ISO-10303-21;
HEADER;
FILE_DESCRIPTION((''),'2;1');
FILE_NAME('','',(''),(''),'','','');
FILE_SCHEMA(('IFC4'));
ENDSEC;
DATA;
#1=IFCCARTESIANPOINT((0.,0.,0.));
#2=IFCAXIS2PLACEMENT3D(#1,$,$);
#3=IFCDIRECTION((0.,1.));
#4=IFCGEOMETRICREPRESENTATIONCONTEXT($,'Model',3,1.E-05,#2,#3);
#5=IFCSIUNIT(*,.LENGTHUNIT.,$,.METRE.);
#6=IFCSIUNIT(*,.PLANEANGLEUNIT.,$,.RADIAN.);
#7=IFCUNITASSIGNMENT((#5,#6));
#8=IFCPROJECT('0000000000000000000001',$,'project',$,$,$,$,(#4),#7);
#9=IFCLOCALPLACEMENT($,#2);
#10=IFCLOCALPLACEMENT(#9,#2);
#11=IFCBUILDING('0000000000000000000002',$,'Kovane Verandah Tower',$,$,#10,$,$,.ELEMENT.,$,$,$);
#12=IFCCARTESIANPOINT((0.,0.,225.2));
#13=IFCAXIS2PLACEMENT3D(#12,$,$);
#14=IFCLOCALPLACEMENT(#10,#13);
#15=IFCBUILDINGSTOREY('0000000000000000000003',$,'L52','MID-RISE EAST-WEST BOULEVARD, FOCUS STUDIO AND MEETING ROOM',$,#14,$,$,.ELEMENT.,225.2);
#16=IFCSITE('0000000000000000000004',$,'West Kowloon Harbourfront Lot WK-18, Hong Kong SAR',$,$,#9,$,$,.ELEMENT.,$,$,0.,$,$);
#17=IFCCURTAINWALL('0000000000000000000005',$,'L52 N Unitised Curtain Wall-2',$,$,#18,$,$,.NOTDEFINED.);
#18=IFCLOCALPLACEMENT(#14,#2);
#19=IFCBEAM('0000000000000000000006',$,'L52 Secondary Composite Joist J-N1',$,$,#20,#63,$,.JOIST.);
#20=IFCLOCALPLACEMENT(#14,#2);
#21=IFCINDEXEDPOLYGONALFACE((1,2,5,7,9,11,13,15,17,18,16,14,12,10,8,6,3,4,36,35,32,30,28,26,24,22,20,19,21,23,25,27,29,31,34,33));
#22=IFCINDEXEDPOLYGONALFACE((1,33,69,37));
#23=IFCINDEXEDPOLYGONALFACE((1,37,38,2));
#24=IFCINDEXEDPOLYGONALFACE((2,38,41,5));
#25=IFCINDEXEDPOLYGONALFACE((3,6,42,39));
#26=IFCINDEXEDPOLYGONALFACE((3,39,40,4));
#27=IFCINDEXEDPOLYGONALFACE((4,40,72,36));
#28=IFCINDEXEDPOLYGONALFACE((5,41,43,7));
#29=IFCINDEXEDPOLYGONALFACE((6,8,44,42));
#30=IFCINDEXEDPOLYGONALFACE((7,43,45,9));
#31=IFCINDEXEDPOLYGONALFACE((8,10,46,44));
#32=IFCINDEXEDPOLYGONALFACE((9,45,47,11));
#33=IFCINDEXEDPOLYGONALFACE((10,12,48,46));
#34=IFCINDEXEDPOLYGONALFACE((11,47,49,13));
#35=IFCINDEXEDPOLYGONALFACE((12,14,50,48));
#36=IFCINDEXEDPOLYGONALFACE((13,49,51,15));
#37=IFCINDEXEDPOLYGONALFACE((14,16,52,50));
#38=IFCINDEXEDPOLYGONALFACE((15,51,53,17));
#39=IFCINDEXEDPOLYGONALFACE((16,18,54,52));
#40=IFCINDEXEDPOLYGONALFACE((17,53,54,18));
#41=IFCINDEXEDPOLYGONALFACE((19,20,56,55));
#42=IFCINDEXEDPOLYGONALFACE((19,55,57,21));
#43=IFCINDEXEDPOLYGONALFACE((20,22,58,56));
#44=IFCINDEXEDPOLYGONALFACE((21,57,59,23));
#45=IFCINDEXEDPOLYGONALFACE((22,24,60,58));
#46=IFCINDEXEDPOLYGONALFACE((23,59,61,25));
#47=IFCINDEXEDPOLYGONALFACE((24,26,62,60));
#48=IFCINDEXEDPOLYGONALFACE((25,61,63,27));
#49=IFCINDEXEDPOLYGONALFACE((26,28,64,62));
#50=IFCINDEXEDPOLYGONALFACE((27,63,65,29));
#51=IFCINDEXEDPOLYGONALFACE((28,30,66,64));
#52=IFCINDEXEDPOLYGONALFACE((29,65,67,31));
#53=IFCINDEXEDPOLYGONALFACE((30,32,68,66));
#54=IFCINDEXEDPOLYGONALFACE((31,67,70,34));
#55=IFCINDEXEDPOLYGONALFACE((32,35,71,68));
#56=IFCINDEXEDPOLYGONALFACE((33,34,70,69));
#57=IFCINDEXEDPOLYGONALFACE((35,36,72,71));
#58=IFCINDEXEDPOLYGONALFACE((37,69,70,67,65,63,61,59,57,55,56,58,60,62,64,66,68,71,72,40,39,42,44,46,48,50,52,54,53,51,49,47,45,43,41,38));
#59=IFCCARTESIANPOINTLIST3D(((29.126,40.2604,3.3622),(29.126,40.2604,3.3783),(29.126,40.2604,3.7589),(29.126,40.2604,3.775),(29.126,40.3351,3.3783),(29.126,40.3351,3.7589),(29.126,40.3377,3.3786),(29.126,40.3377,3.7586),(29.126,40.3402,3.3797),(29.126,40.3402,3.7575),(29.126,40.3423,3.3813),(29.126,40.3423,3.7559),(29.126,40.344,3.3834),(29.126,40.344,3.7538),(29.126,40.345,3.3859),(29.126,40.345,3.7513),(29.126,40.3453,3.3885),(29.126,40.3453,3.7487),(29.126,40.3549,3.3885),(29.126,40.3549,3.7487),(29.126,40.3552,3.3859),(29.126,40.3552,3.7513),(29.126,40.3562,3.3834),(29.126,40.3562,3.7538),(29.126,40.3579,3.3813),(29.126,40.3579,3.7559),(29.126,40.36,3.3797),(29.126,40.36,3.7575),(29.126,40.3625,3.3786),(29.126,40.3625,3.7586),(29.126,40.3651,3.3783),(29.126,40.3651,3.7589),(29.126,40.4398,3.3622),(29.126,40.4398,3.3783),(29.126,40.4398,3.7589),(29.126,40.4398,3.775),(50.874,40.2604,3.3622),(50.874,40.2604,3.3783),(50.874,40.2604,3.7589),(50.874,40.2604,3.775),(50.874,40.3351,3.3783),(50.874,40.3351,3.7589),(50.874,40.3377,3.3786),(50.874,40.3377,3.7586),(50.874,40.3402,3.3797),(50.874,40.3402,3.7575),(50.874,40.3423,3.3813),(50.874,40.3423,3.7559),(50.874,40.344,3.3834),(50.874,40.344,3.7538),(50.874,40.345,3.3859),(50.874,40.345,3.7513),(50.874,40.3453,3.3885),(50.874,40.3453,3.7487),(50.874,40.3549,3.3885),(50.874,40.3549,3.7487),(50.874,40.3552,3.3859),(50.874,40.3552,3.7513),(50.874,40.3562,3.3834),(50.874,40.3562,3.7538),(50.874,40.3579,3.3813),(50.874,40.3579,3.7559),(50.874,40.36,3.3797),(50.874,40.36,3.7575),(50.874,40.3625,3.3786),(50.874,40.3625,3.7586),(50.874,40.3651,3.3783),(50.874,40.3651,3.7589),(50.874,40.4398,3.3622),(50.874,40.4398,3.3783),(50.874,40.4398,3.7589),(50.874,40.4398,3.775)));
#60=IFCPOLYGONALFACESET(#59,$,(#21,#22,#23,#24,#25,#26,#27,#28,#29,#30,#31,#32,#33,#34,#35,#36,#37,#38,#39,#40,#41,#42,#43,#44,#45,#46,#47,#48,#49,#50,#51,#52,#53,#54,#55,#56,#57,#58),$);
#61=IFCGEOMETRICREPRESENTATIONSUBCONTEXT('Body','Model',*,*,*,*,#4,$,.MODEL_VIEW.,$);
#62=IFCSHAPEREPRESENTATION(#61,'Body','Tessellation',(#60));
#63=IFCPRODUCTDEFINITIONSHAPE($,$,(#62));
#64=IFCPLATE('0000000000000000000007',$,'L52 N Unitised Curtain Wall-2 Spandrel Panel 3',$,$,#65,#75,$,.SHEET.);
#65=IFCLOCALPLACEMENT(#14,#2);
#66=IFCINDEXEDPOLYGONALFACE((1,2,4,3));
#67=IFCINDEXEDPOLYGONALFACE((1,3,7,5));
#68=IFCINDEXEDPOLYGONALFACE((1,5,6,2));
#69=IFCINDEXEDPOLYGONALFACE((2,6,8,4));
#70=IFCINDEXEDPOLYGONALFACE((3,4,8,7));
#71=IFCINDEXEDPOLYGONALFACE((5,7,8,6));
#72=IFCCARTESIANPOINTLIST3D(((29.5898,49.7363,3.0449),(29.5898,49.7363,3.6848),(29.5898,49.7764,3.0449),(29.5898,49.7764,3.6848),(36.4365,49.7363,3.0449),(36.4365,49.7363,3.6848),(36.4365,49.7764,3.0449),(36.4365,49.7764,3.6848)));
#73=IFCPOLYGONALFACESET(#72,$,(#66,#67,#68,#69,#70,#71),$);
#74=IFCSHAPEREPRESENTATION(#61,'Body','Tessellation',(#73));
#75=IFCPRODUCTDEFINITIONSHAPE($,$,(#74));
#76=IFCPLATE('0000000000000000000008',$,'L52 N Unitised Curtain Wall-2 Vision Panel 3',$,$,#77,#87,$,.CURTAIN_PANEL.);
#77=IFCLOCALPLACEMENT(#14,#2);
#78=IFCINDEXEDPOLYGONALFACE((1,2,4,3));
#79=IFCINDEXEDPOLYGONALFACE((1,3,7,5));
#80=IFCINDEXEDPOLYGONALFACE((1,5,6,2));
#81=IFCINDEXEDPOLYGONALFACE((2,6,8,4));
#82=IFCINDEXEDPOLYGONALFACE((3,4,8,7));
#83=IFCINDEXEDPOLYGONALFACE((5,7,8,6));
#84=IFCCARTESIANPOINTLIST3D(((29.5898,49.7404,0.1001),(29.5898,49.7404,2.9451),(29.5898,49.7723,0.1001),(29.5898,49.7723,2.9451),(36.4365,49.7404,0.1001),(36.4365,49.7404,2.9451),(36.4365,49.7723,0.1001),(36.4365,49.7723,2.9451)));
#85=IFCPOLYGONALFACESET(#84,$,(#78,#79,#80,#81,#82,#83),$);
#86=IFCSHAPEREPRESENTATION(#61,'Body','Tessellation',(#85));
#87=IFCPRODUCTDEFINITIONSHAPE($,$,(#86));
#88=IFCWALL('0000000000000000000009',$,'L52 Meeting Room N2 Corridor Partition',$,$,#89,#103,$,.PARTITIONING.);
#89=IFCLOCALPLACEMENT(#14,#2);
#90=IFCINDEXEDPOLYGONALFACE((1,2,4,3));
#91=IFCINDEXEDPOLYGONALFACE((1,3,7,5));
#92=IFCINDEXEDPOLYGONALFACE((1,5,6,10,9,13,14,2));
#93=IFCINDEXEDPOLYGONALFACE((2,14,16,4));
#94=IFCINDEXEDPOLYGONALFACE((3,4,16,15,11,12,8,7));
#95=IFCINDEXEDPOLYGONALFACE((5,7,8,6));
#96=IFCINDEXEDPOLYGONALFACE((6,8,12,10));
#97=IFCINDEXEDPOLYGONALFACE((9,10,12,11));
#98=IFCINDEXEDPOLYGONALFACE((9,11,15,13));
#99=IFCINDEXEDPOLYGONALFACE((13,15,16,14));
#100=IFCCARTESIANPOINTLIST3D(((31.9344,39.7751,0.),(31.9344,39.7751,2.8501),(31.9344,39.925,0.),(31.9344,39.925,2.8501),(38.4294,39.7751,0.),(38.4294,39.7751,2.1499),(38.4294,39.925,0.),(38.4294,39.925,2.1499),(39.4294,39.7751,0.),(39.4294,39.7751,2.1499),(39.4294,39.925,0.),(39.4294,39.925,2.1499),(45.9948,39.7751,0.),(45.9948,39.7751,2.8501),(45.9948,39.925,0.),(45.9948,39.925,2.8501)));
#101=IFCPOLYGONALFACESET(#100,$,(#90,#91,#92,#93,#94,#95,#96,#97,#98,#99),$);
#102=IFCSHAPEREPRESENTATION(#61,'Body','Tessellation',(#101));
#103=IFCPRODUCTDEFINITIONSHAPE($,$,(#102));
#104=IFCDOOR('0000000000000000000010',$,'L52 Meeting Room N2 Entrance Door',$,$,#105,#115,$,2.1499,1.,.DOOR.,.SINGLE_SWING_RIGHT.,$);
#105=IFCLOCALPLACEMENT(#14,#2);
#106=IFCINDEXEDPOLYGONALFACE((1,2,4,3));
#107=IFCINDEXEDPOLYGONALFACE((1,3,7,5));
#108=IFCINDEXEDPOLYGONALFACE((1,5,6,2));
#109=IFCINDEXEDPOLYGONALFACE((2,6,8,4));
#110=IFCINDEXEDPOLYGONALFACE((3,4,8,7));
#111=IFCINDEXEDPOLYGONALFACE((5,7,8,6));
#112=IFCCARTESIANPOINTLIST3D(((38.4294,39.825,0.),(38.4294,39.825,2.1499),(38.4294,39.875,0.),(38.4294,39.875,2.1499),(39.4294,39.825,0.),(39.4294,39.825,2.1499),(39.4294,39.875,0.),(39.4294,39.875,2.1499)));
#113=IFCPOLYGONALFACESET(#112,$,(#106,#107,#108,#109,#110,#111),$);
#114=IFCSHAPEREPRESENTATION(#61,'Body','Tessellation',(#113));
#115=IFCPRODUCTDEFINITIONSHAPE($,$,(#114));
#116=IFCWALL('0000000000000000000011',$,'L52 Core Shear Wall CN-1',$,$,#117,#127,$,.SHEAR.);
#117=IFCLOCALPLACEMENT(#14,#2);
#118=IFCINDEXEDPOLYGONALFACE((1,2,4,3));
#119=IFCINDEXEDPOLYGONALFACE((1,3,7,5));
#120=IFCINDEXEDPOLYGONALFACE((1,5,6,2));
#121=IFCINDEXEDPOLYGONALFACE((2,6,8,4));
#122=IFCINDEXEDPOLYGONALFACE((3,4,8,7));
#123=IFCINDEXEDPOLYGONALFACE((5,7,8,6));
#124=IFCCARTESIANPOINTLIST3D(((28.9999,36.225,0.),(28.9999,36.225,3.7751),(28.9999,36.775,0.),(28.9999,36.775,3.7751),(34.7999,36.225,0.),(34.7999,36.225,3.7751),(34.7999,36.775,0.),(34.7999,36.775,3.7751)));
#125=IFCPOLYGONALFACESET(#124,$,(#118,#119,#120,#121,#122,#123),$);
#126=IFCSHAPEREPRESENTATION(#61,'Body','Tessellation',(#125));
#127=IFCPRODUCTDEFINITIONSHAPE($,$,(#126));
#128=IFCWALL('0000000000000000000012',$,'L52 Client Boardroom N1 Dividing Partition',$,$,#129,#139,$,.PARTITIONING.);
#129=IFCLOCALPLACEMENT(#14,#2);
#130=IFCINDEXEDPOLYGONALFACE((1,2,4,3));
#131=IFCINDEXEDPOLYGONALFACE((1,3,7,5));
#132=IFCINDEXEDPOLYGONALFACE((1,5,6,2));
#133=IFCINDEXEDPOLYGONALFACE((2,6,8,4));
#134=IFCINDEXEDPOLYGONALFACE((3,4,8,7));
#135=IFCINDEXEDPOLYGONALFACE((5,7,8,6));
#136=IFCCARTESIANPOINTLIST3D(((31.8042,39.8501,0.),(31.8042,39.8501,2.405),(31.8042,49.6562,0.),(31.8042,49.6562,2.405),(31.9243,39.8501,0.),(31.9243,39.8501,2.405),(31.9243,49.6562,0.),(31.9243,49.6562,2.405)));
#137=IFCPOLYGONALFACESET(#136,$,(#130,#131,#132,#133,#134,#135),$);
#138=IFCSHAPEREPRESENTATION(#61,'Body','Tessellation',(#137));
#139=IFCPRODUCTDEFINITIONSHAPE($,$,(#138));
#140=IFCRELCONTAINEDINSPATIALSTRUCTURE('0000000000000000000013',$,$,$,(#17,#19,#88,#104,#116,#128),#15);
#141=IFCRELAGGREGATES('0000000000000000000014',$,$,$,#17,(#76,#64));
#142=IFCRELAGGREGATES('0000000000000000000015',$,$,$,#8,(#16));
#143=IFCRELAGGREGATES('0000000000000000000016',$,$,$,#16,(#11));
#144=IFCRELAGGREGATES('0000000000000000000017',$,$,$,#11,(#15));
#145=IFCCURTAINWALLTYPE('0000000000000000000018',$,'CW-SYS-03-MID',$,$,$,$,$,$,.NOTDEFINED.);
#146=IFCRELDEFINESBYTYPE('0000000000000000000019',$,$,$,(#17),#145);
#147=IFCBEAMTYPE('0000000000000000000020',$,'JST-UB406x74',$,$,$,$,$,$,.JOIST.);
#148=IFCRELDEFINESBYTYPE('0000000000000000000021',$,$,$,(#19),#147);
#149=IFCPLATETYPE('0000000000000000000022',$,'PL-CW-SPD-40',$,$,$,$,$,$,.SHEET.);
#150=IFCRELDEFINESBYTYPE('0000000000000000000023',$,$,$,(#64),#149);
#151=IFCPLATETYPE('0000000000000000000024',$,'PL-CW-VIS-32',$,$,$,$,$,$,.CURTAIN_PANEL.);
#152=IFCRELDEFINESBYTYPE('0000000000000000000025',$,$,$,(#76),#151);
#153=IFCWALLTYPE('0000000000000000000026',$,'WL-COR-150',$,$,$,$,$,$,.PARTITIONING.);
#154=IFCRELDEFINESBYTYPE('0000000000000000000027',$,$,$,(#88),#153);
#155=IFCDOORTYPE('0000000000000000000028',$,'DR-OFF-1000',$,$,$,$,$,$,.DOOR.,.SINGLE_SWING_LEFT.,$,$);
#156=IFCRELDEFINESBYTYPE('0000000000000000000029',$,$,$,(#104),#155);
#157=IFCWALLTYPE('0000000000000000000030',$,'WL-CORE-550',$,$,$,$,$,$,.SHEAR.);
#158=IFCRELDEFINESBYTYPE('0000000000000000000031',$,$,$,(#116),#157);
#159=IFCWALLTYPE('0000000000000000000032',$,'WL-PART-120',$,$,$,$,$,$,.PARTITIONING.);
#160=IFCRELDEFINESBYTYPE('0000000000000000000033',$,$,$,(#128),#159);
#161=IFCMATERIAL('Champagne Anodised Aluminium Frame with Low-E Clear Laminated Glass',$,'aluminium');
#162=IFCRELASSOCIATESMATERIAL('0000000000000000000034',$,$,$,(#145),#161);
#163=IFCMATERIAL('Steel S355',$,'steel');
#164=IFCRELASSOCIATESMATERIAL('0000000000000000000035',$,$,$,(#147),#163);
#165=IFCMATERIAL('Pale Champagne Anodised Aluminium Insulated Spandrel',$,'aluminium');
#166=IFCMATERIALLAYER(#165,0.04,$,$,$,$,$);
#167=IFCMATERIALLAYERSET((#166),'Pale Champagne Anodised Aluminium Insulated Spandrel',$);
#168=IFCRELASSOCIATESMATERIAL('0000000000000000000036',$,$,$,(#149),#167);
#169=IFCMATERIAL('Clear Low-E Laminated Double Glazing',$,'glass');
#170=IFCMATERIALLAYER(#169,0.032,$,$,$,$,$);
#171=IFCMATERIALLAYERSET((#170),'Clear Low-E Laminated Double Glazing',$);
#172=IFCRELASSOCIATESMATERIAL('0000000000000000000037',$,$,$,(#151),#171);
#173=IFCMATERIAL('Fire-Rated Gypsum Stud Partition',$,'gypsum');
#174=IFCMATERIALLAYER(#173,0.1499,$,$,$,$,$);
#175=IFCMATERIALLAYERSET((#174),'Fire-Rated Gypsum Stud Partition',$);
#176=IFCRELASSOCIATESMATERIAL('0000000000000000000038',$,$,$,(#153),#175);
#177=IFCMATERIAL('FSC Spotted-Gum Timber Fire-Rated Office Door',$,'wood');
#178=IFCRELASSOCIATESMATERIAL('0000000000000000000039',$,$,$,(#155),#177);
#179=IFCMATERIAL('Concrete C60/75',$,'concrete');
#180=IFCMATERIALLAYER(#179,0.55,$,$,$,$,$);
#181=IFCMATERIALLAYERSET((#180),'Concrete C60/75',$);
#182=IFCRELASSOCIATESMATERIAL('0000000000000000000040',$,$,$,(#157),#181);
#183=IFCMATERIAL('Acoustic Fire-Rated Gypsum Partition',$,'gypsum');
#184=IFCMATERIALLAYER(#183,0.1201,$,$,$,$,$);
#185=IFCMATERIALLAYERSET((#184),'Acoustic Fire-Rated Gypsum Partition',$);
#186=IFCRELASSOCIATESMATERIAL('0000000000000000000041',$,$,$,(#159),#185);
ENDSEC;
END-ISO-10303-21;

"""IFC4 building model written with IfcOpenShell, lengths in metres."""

from ifc_helpers import new_model, si_unit, direction, frame, frame_2d, origin, origin_2d, place, context, subcontext, project, spatial, rectangle, i_section, extrude, material, layer, layer_set, material_profile, profile_set, type_object, element, fill, aggregate, save


model = new_model("IFC4")

# Units and contexts
model_context = context("Model", 3, precision=1e-05, world=origin(), true_north=direction((0.0, 1.0)))
body_context = subcontext(model_context, "Body", "Model", "MODEL_VIEW")
ifc_project = project(units=[si_unit("LENGTHUNIT", "METRE"), si_unit("PLANEANGLEUNIT", "RADIAN")], contexts=[model_context])

# Site, building, storey
site_placement = place(None, origin())
site = spatial("IfcSite", under=ifc_project, at=site_placement, Name="West Kowloon Harbourfront Lot WK-18, Hong Kong SAR", CompositionType="ELEMENT", RefElevation=0.0)
building_placement = place(site_placement, origin())
building = spatial("IfcBuilding", under=site, at=building_placement, Name="Kovane Verandah Tower", CompositionType="ELEMENT")
storey_placement = place(building_placement, frame((0.0, 0.0, 225.2)))
storey = spatial("IfcBuildingStorey", under=building, at=storey_placement, Name="L52", Description="MID-RISE EAST-WEST BOULEVARD, FOCUS STUDIO AND MEETING ROOM", CompositionType="ELEMENT", Elevation=225.2)

# Shared definitions
ifc_material_1 = material(Name="Concrete C60/75", Category="concrete")

# Shared definitions
ifc_material_2 = material(Name="Steel S355", Category="steel")

# Curtain wall
ifc_material_3 = material(Name="Champagne Anodised Aluminium Frame with Low-E Clear Laminated Glass", Category="aluminium")
curtain_wall_type = type_object("IfcCurtainWallType", Name="CW-SYS-03-MID", PredefinedType="NOTDEFINED", material=ifc_material_3)
curtain_wall_placement = place(storey_placement, origin())
curtain_wall = element("IfcCurtainWall", 1, at=curtain_wall_placement, inside=storey, type_object=curtain_wall_type, Name="L52 N Unitised Curtain Wall-2", PredefinedType="NOTDEFINED")

# Beam
ifc_material_profile_1 = material_profile(ifc_material_2, i_section(OverallWidth=0.1794, OverallDepth=0.4128, WebThickness=0.0095, FlangeThickness=0.0161, FilletRadius=0.0103, at=origin_2d()), Name="UB406x178x74")
ifc_profile_set_1 = profile_set([ifc_material_profile_1], Name="Steel S355")
beam_type_1 = type_object("IfcBeamType", Name="JST-UB406x74", PredefinedType="JOIST", material=ifc_profile_set_1)
beam_1_placement = place(storey_placement, frame((29.126, 40.3501, 3.5686), z_axis=(1.0, 0.0, 0.0), x_axis=(0.0, 1.0, 0.0)))
element("IfcBeam", 2, at=beam_1_placement, inside=storey, type_object=beam_type_1, Name="L52 Secondary Composite Joist J-N1", PredefinedType="JOIST", context=body_context, shape_type="SweptSolid", body=[
    extrude(i_section(OverallWidth=0.1794, OverallDepth=0.4128, WebThickness=0.0095, FlangeThickness=0.0161, FilletRadius=0.0103, at=origin_2d()), origin(), (0.0, 0.0, 1.0), 21.748),
])

# Plates
ifc_material_4 = material(Name="Pale Champagne Anodised Aluminium Insulated Spandrel", Category="aluminium")
ifc_layer_1 = layer(ifc_material_4, 0.04)
ifc_layer_set_1 = layer_set([ifc_layer_1], Name="Pale Champagne Anodised Aluminium Insulated Spandrel")
plate_type_1 = type_object("IfcPlateType", Name="PL-CW-SPD-40", PredefinedType="SHEET", material=ifc_layer_set_1)
plate_1_placement = place(storey_placement, frame((33.0132, 49.7563, 3.0449), z_axis=(0.0, 0.0, 1.0), x_axis=(-1.0, 0.0, 0.0)))
plate_1 = element("IfcPlate", 3, at=plate_1_placement, type_object=plate_type_1, Name="L52 N Unitised Curtain Wall-2 Spandrel Panel 3", PredefinedType="SHEET", context=body_context, shape_type="SweptSolid", body=[
    extrude(rectangle(XDim=6.8467, YDim=0.04, at=origin_2d()), origin(), (0.0, 0.0, 1.0), 0.6399),
])
ifc_material_5 = material(Name="Clear Low-E Laminated Double Glazing", Category="glass")
ifc_layer_2 = layer(ifc_material_5, 0.032)
ifc_layer_set_2 = layer_set([ifc_layer_2], Name="Clear Low-E Laminated Double Glazing")
plate_type_2 = type_object("IfcPlateType", Name="PL-CW-VIS-32", PredefinedType="CURTAIN_PANEL", material=ifc_layer_set_2)
plate_2_placement = place(storey_placement, frame((33.0132, 49.7563, 0.1001), z_axis=(0.0, 0.0, 1.0), x_axis=(-1.0, 0.0, 0.0)))
plate_2 = element("IfcPlate", 4, at=plate_2_placement, type_object=plate_type_2, Name="L52 N Unitised Curtain Wall-2 Vision Panel 3", PredefinedType="CURTAIN_PANEL", context=body_context, shape_type="SweptSolid", body=[
    extrude(rectangle(XDim=6.8467, YDim=0.032, at=origin_2d()), origin(), (0.0, 0.0, 1.0), 2.845),
])
aggregate(curtain_wall, [plate_2, plate_1])

# Wall, opening, door
ifc_material_6 = material(Name="Fire-Rated Gypsum Stud Partition", Category="gypsum")
ifc_layer_3 = layer(ifc_material_6, 0.1499)
ifc_layer_set_3 = layer_set([ifc_layer_3], Name="Fire-Rated Gypsum Stud Partition")
wall_type_1 = type_object("IfcWallType", Name="WL-COR-150", PredefinedType="PARTITIONING", material=ifc_layer_set_3)
wall_1_placement = place(storey_placement, frame((31.9343, 39.8501, 0.0), z_axis=(0.0, 0.0, 1.0), x_axis=(1.0, 0.0, 0.0)))
wall_1 = element("IfcWall", 5, at=wall_1_placement, inside=storey, type_object=wall_type_1, Name="L52 Meeting Room N2 Corridor Partition", PredefinedType="PARTITIONING", context=body_context, shape_type="SweptSolid", body=[
    extrude(rectangle(XDim=14.0603, YDim=0.1499, at=frame_2d((7.0303, 0.0))), origin(), (0.0, 0.0, 1.0), 2.8501),
])
opening_1_placement = place(wall_1_placement, frame((6.4951, 0.0, 0.0)))
opening_1 = element("IfcOpeningElement", 6, at=opening_1_placement, cuts=wall_1, PredefinedType="OPENING", context=body_context, shape_type="SweptSolid", body=[
    extrude(rectangle(XDim=1.0, YDim=2.1499, at=frame_2d((0.5, 1.075))), frame((0.0, 0.075, 0.0), z_axis=(0.0, -1.0, 0.0), x_axis=(1.0, 0.0, 0.0)), (0.0, 0.0, 1.0), 0.1499),
])
ifc_material_7 = material(Name="FSC Spotted-Gum Timber Fire-Rated Office Door", Category="wood")
door_type_1 = type_object("IfcDoorType", Name="DR-OFF-1000", OperationType="SINGLE_SWING_LEFT", PredefinedType="DOOR", material=ifc_material_7)
door_1_placement = place(opening_1_placement, origin())
door_1 = element("IfcDoor", 7, at=door_1_placement, inside=storey, type_object=door_type_1, Name="L52 Meeting Room N2 Entrance Door", OperationType="SINGLE_SWING_RIGHT", OverallHeight=2.1499, OverallWidth=1.0, PredefinedType="DOOR", context=body_context, shape_type="SweptSolid", body=[
    extrude(rectangle(XDim=1.0, YDim=2.1499, at=frame_2d((0.5, 1.075))), frame((0.0, 0.0249, 0.0), z_axis=(0.0, -1.0, 0.0), x_axis=(1.0, 0.0, 0.0)), (0.0, 0.0, 1.0), 0.05),
])
fill(opening_1, door_1)

# Wall
ifc_layer_4 = layer(ifc_material_1, 0.55)
ifc_layer_set_4 = layer_set([ifc_layer_4], Name="Concrete C60/75")
wall_type_2 = type_object("IfcWallType", Name="WL-CORE-550", PredefinedType="SHEAR", material=ifc_layer_set_4)
wall_2_placement = place(storey_placement, frame((29.0, 36.5, 0.0), z_axis=(0.0, 0.0, 1.0), x_axis=(1.0, 0.0, 0.0)))
element("IfcWall", 8, at=wall_2_placement, inside=storey, type_object=wall_type_2, Name="L52 Core Shear Wall CN-1", PredefinedType="SHEAR", context=body_context, shape_type="SweptSolid", body=[
    extrude(rectangle(XDim=5.8, YDim=0.55, at=frame_2d((2.8999, 0.0))), origin(), (0.0, 0.0, 1.0), 3.7751),
])

# Wall
ifc_material_8 = material(Name="Acoustic Fire-Rated Gypsum Partition", Category="gypsum")
ifc_layer_5 = layer(ifc_material_8, 0.1201)
ifc_layer_set_5 = layer_set([ifc_layer_5], Name="Acoustic Fire-Rated Gypsum Partition")
wall_type_3 = type_object("IfcWallType", Name="WL-PART-120", PredefinedType="PARTITIONING", material=ifc_layer_set_5)
wall_3_placement = place(storey_placement, frame((31.8643, 39.8501, 0.0), z_axis=(0.0, 0.0, 1.0), x_axis=(0.0, 1.0, 0.0)))
element("IfcWall", 9, at=wall_3_placement, inside=storey, type_object=wall_type_3, Name="L52 Client Boardroom N1 Dividing Partition", PredefinedType="PARTITIONING", context=body_context, shape_type="SweptSolid", body=[
    extrude(rectangle(XDim=9.8062, YDim=0.1201, at=frame_2d((4.9031, 0.0))), origin(), (0.0, 0.0, 1.0), 2.405),
])

save(model, "model.ifc")
